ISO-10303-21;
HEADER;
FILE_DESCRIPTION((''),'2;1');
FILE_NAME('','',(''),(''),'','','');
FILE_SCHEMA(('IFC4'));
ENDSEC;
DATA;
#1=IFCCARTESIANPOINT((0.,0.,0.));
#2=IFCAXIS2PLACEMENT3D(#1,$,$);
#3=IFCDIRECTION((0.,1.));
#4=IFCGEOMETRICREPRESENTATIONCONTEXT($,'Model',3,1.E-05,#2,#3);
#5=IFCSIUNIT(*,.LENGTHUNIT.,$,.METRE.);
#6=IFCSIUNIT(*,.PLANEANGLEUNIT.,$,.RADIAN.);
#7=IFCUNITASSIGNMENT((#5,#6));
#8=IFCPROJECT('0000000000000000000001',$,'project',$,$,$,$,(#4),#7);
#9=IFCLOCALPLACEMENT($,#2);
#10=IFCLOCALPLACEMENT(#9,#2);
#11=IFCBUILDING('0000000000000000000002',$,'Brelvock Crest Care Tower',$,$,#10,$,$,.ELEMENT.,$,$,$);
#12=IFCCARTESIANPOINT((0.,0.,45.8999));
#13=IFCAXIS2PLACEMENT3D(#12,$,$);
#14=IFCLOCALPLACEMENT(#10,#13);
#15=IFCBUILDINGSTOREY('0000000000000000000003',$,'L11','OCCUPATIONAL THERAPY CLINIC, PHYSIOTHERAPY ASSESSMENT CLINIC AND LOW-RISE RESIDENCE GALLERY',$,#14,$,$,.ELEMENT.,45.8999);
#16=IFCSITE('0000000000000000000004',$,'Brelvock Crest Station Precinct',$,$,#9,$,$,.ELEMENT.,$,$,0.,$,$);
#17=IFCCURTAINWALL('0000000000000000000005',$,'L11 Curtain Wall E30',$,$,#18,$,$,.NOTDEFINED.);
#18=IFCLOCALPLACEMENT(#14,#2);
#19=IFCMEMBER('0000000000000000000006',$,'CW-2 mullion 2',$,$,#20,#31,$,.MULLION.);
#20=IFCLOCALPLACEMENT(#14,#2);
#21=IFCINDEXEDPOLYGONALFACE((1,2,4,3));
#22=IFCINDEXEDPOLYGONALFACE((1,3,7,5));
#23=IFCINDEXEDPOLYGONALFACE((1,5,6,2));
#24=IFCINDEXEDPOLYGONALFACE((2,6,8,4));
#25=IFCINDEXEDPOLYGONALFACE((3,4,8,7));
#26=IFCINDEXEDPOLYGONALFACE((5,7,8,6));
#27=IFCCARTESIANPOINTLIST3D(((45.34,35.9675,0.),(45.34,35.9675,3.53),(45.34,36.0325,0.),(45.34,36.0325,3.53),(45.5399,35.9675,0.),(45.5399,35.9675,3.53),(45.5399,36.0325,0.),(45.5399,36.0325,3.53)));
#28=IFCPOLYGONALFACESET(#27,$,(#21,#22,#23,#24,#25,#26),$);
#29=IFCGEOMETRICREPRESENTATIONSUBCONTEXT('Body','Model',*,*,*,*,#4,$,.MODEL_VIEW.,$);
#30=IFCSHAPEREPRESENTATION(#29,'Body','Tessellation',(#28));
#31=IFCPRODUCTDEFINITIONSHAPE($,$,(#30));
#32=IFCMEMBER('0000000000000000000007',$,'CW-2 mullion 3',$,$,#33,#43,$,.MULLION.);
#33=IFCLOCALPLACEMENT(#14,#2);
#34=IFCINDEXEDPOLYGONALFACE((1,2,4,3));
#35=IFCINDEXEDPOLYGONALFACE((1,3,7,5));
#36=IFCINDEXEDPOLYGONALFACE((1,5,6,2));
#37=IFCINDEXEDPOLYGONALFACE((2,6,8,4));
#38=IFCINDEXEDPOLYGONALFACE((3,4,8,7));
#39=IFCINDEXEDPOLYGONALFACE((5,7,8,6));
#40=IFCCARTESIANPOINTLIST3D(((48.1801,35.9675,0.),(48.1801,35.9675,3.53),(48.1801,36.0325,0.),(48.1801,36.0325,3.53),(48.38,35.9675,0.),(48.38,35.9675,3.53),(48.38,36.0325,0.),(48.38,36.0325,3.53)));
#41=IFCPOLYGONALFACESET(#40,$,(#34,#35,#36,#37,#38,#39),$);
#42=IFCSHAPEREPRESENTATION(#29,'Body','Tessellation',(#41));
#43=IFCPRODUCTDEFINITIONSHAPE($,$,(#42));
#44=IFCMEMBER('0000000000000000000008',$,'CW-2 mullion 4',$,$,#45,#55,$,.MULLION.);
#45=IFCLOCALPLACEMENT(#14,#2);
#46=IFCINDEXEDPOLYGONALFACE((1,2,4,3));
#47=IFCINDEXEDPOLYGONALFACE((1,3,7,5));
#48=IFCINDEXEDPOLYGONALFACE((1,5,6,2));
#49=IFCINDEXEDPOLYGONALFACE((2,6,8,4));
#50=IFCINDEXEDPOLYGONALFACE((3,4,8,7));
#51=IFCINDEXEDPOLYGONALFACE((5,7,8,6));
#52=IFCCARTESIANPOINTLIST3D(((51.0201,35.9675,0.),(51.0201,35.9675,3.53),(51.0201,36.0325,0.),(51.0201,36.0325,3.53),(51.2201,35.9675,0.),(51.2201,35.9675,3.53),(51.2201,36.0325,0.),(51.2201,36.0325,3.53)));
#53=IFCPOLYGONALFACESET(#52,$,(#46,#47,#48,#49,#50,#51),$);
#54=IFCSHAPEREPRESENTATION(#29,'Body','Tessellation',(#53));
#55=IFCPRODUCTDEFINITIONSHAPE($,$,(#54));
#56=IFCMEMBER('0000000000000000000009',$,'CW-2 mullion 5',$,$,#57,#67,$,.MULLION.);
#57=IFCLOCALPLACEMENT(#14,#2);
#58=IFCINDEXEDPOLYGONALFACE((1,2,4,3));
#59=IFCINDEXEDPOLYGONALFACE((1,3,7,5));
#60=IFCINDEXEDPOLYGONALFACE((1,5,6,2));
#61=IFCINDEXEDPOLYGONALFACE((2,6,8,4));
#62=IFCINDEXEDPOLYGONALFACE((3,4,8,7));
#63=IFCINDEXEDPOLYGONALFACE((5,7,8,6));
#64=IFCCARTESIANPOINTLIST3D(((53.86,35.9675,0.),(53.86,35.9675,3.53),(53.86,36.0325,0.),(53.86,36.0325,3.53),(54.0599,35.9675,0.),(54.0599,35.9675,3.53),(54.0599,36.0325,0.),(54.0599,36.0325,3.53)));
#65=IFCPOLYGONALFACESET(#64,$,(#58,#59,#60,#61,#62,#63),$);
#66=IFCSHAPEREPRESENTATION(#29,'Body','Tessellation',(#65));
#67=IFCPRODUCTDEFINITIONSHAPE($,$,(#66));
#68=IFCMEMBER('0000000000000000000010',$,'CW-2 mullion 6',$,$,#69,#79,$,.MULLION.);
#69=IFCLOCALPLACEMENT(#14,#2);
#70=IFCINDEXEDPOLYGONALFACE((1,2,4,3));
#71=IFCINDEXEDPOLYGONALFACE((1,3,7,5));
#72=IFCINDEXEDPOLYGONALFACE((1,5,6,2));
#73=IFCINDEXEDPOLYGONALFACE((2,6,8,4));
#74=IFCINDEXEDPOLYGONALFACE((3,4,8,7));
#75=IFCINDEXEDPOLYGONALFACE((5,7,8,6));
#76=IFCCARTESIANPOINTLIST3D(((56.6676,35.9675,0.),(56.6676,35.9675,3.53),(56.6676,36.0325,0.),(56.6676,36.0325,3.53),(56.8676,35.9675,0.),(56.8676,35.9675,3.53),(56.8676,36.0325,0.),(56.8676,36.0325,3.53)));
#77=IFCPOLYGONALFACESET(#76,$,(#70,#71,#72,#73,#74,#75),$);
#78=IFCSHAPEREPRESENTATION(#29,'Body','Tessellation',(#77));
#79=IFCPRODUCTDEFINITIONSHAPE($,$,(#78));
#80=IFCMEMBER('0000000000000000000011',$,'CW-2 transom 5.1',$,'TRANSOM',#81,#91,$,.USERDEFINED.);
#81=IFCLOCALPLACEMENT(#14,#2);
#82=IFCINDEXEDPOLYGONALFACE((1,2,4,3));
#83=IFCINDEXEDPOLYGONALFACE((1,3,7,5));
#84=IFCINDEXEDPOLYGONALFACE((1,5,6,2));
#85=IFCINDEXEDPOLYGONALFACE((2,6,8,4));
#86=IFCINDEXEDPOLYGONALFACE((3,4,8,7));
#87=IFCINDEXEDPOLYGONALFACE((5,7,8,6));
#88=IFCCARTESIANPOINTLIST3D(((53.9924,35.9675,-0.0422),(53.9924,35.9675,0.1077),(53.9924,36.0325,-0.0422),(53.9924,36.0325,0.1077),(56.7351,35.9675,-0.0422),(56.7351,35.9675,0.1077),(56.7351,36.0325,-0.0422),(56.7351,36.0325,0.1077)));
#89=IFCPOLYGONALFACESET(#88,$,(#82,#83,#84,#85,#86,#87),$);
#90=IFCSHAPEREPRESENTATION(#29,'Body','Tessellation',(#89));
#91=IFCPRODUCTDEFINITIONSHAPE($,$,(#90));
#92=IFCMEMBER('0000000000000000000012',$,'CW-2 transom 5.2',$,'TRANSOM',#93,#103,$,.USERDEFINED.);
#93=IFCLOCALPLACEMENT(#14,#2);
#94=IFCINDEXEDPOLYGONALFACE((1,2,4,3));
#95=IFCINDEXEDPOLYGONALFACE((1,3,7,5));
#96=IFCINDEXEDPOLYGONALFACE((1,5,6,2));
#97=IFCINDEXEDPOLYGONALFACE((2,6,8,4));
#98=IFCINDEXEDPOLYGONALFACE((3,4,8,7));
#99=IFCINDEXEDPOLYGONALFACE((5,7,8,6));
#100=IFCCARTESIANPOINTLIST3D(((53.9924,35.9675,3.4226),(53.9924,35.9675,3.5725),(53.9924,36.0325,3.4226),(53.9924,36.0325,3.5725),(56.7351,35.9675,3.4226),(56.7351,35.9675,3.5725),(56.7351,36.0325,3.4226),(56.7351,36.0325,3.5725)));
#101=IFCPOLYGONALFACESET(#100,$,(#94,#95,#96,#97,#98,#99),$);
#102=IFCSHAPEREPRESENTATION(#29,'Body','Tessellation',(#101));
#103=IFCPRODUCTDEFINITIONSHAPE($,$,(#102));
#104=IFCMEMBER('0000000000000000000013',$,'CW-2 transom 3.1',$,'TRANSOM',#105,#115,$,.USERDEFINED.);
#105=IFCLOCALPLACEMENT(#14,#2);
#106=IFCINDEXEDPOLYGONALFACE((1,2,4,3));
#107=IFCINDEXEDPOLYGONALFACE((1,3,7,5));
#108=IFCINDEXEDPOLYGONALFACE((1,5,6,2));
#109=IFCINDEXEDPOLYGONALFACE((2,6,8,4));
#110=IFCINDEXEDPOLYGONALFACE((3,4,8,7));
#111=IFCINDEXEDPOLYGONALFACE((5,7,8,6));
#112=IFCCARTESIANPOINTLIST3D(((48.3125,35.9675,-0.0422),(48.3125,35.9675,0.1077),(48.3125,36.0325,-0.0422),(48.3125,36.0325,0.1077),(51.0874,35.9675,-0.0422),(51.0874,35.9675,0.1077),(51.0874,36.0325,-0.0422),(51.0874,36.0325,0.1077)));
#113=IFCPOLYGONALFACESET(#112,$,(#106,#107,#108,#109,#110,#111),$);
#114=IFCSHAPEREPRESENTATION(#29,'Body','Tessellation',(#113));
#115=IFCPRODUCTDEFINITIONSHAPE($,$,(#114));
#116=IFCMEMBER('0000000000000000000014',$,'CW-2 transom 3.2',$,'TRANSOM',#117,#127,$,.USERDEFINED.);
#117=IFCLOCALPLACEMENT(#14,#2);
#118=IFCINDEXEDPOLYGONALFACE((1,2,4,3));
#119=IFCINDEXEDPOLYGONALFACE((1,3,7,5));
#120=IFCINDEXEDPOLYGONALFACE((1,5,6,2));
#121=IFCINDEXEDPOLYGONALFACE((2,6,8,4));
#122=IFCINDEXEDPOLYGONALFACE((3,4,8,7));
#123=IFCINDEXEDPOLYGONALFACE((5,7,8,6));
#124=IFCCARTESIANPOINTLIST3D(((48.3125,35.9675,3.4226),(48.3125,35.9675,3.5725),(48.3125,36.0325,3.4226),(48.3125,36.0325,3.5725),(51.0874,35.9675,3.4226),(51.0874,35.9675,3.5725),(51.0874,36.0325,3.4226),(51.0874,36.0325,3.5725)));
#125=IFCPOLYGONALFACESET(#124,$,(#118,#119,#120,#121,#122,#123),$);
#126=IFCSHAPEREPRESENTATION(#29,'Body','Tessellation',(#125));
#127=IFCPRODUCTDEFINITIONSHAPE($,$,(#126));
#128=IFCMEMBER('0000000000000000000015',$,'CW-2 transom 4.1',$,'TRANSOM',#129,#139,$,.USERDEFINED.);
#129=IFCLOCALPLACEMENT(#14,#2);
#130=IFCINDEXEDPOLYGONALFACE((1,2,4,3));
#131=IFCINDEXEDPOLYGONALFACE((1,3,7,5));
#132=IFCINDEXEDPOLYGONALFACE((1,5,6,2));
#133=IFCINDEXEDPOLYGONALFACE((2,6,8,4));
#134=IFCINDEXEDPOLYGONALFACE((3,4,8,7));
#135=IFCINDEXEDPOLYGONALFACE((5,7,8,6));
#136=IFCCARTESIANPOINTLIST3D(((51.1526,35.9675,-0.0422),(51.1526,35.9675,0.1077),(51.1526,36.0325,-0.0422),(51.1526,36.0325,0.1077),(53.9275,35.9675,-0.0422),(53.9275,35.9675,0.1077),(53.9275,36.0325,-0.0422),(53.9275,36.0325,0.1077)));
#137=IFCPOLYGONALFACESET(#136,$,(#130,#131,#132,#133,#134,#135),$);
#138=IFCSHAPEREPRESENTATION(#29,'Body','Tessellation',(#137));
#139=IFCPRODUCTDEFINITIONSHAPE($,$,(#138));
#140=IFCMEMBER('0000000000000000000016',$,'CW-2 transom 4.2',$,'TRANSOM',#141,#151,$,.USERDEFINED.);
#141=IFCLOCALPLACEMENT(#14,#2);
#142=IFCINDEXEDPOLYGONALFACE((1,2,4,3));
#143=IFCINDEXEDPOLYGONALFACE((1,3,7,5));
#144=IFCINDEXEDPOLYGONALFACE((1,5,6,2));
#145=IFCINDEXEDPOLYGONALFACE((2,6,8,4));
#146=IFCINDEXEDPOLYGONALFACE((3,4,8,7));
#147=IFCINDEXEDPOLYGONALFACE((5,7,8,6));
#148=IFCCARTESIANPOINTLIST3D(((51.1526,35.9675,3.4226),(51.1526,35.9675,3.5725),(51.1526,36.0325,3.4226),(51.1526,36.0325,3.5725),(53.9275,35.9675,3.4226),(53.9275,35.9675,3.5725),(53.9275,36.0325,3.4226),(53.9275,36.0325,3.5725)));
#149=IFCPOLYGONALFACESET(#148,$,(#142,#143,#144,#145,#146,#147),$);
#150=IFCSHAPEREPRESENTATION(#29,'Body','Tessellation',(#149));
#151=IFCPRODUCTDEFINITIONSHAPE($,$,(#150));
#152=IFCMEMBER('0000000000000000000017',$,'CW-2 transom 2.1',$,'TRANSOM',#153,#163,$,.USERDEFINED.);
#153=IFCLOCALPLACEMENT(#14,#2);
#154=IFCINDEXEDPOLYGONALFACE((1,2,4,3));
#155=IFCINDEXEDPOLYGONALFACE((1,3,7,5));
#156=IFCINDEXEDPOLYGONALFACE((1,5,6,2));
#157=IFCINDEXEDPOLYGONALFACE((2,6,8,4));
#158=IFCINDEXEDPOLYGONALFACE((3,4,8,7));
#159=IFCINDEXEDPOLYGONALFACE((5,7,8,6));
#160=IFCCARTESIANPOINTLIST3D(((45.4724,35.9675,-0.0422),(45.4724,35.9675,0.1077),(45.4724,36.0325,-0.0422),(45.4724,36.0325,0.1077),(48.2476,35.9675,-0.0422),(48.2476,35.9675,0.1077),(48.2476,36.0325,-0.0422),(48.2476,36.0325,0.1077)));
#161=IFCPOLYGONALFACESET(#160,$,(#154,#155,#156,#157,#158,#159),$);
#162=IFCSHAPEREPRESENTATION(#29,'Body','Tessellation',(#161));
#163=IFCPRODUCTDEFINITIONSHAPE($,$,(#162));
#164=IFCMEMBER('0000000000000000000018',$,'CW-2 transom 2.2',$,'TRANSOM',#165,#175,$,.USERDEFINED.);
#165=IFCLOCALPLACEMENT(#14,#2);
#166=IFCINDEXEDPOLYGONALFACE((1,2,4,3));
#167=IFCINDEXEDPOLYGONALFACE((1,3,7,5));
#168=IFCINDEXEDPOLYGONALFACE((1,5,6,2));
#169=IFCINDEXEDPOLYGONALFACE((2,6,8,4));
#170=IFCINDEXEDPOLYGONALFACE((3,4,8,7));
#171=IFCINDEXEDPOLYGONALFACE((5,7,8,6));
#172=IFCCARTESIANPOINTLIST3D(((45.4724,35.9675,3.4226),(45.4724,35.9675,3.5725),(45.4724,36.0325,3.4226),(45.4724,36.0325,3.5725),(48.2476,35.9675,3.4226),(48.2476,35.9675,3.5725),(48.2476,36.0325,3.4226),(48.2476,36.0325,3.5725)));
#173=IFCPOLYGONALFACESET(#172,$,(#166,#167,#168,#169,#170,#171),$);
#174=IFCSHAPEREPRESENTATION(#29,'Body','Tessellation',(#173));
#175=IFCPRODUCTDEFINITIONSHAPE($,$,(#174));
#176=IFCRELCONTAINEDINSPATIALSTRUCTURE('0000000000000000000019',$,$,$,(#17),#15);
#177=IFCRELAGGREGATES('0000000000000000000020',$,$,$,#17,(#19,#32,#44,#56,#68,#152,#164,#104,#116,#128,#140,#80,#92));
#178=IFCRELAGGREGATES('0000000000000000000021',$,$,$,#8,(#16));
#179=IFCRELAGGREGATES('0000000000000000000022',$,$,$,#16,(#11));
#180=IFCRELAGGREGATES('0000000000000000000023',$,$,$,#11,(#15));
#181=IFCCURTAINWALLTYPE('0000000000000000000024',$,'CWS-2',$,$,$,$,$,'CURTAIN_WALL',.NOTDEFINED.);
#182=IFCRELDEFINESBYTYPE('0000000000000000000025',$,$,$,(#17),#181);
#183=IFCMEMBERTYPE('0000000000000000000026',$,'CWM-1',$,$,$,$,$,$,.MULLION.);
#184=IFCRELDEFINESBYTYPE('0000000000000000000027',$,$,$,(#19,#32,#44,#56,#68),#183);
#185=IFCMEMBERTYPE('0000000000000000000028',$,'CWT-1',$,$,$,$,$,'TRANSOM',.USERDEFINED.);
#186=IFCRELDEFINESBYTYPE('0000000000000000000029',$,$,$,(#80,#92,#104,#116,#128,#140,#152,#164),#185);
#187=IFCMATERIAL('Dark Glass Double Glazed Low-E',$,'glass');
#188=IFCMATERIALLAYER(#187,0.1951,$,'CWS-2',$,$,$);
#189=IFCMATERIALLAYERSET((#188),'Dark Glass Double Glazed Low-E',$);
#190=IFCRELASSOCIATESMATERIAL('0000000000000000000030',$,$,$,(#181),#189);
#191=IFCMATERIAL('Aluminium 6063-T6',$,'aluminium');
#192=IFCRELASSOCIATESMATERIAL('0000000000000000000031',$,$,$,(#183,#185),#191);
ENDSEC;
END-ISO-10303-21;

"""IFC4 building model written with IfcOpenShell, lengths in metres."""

from ifc_helpers import new_model, si_unit, direction, frame, origin, origin_2d, place, context, subcontext, project, spatial, rectangle, extrude, source, transform, mapped, material, layer, layer_set, material_profile, profile_set, type_object, element, aggregate, save


model = new_model("IFC4")

# Units and contexts
model_context = context("Model", 3, precision=1e-05, world=origin(), true_north=direction((0.0, 1.0)))
body_context = subcontext(model_context, "Body", "Model", "MODEL_VIEW")
ifc_project = project(units=[si_unit("LENGTHUNIT", "METRE"), si_unit("PLANEANGLEUNIT", "RADIAN")], contexts=[model_context])

# Site, building, storey
site_placement = place(None, origin())
site = spatial("IfcSite", under=ifc_project, at=site_placement, Name="Brelvock Crest Station Precinct", CompositionType="ELEMENT", RefElevation=0.0)
building_placement = place(site_placement, origin())
building = spatial("IfcBuilding", under=site, at=building_placement, Name="Brelvock Crest Care Tower", CompositionType="ELEMENT")
storey_placement = place(building_placement, frame((0.0, 0.0, 45.8999)))
storey = spatial("IfcBuildingStorey", under=building, at=storey_placement, Name="L11", Description="OCCUPATIONAL THERAPY CLINIC, PHYSIOTHERAPY ASSESSMENT CLINIC AND LOW-RISE RESIDENCE GALLERY", CompositionType="ELEMENT", Elevation=45.8999)

# Curtain wall, members
ifc_material_1 = material(Name="Dark Glass Double Glazed Low-E", Category="glass")
ifc_layer_1 = layer(ifc_material_1, 0.1951, Name="CWS-2")
ifc_layer_set_1 = layer_set([ifc_layer_1], Name="Dark Glass Double Glazed Low-E")
curtain_wall_type = type_object("IfcCurtainWallType", Name="CWS-2", ElementType="CURTAIN_WALL", PredefinedType="NOTDEFINED", material=ifc_layer_set_1)
curtain_wall_placement = place(storey_placement, origin())
curtain_wall = element("IfcCurtainWall", 1, at=curtain_wall_placement, inside=storey, type_object=curtain_wall_type, Name="L11 Curtain Wall E30", PredefinedType="NOTDEFINED")
ifc_material_2 = material(Name="Aluminium 6063-T6", Category="aluminium")
ifc_material_profile_1 = material_profile(ifc_material_2, rectangle(XDim=0.0649, YDim=0.2, at=origin_2d()), Name="ALU65x200")
ifc_profile_set_1 = profile_set([ifc_material_profile_1], Name="Aluminium 6063-T6")
member_type_1 = type_object("IfcMemberType", Name="CWM-1", PredefinedType="MULLION", material=ifc_profile_set_1)
shared_shape_1 = source(origin(), body_context, "Body", "SweptSolid", [
    extrude(rectangle(XDim=0.0649, YDim=0.2, at=origin_2d()), origin(), (0.0, 0.0, 1.0), 3.53),
])
member_1_placement = place(storey_placement, frame((45.4399, 36.0, 0.0), z_axis=(0.0, 0.0, 1.0), x_axis=(0.0, 1.0, 0.0)))
member_1 = element("IfcMember", 2, at=member_1_placement, type_object=member_type_1, Name="CW-2 mullion 2", PredefinedType="MULLION", context=body_context, shape_type="MappedRepresentation", body=[
    mapped(shared_shape_1, transform((0.0, 0.0, 0.0), x_axis=(1.0, 0.0, 0.0), y_axis=(0.0, 1.0, 0.0), z_axis=(0.0, 0.0, 1.0), scale=1.0)),
])
member_2_placement = place(storey_placement, frame((48.28, 36.0, 0.0), z_axis=(0.0, 0.0, 1.0), x_axis=(0.0, 1.0, 0.0)))
member_2 = element("IfcMember", 3, at=member_2_placement, type_object=member_type_1, Name="CW-2 mullion 3", PredefinedType="MULLION", context=body_context, shape_type="MappedRepresentation", body=[
    mapped(shared_shape_1, transform((0.0, 0.0, 0.0), x_axis=(1.0, 0.0, 0.0), y_axis=(0.0, 1.0, 0.0), z_axis=(0.0, 0.0, 1.0), scale=1.0)),
])
member_3_placement = place(storey_placement, frame((51.1201, 36.0, 0.0), z_axis=(0.0, 0.0, 1.0), x_axis=(0.0, 1.0, 0.0)))
member_3 = element("IfcMember", 4, at=member_3_placement, type_object=member_type_1, Name="CW-2 mullion 4", PredefinedType="MULLION", context=body_context, shape_type="MappedRepresentation", body=[
    mapped(shared_shape_1, transform((0.0, 0.0, 0.0), x_axis=(1.0, 0.0, 0.0), y_axis=(0.0, 1.0, 0.0), z_axis=(0.0, 0.0, 1.0), scale=1.0)),
])
member_4_placement = place(storey_placement, frame((53.96, 36.0, 0.0), z_axis=(0.0, 0.0, 1.0), x_axis=(0.0, 1.0, 0.0)))
member_4 = element("IfcMember", 5, at=member_4_placement, type_object=member_type_1, Name="CW-2 mullion 5", PredefinedType="MULLION", context=body_context, shape_type="MappedRepresentation", body=[
    mapped(shared_shape_1, transform((0.0, 0.0, 0.0), x_axis=(1.0, 0.0, 0.0), y_axis=(0.0, 1.0, 0.0), z_axis=(0.0, 0.0, 1.0), scale=1.0)),
])
member_5_placement = place(storey_placement, frame((56.7676, 36.0, 0.0), z_axis=(0.0, 0.0, 1.0), x_axis=(0.0, 1.0, 0.0)))
member_5 = element("IfcMember", 6, at=member_5_placement, type_object=member_type_1, Name="CW-2 mullion 6", PredefinedType="MULLION", context=body_context, shape_type="MappedRepresentation", body=[
    mapped(shared_shape_1, transform((0.0, 0.0, 0.0), x_axis=(1.0, 0.0, 0.0), y_axis=(0.0, 1.0, 0.0), z_axis=(0.0, 0.0, 1.0), scale=1.0)),
])
ifc_material_profile_2 = material_profile(ifc_material_2, rectangle(XDim=0.0649, YDim=0.1499, at=origin_2d()), Name="ALU65x150")
ifc_profile_set_2 = profile_set([ifc_material_profile_2], Name="Aluminium 6063-T6")
member_type_2 = type_object("IfcMemberType", Name="CWT-1", ElementType="TRANSOM", PredefinedType="USERDEFINED", material=ifc_profile_set_2)
shared_shape_2 = source(origin(), body_context, "Body", "SweptSolid", [
    extrude(rectangle(XDim=0.0649, YDim=0.1499, at=origin_2d()), origin(), (0.0, 0.0, 1.0), 2.7427),
])
member_6_placement = place(storey_placement, frame((53.9924, 36.0, 0.0327), z_axis=(1.0, 0.0, 0.0), x_axis=(0.0, 1.0, 0.0)))
member_6 = element("IfcMember", 7, at=member_6_placement, type_object=member_type_2, Name="CW-2 transom 5.1", ObjectType="TRANSOM", PredefinedType="USERDEFINED", context=body_context, shape_type="MappedRepresentation", body=[
    mapped(shared_shape_2, transform((0.0, 0.0, 0.0), x_axis=(1.0, 0.0, 0.0), y_axis=(0.0, 1.0, 0.0), z_axis=(0.0, 0.0, 1.0), scale=1.0)),
])
member_7_placement = place(storey_placement, frame((53.9924, 36.0, 3.4976), z_axis=(1.0, 0.0, 0.0), x_axis=(0.0, 1.0, 0.0)))
member_7 = element("IfcMember", 8, at=member_7_placement, type_object=member_type_2, Name="CW-2 transom 5.2", ObjectType="TRANSOM", PredefinedType="USERDEFINED", context=body_context, shape_type="MappedRepresentation", body=[
    mapped(shared_shape_2, transform((0.0, 0.0, 0.0), x_axis=(1.0, 0.0, 0.0), y_axis=(0.0, 1.0, 0.0), z_axis=(0.0, 0.0, 1.0), scale=1.0)),
])
shared_shape_3 = source(origin(), body_context, "Body", "SweptSolid", [
    extrude(rectangle(XDim=0.0649, YDim=0.1499, at=origin_2d()), origin(), (0.0, 0.0, 1.0), 2.7749),
])
member_8_placement = place(storey_placement, frame((48.3125, 36.0, 0.0327), z_axis=(1.0, 0.0, 0.0), x_axis=(0.0, 1.0, 0.0)))
member_8 = element("IfcMember", 9, at=member_8_placement, type_object=member_type_2, Name="CW-2 transom 3.1", ObjectType="TRANSOM", PredefinedType="USERDEFINED", context=body_context, shape_type="MappedRepresentation", body=[
    mapped(shared_shape_3, transform((0.0, 0.0, 0.0), x_axis=(1.0, 0.0, 0.0), y_axis=(0.0, 1.0, 0.0), z_axis=(0.0, 0.0, 1.0), scale=1.0)),
])
member_9_placement = place(storey_placement, frame((48.3125, 36.0, 3.4976), z_axis=(1.0, 0.0, 0.0), x_axis=(0.0, 1.0, 0.0)))
member_9 = element("IfcMember", 10, at=member_9_placement, type_object=member_type_2, Name="CW-2 transom 3.2", ObjectType="TRANSOM", PredefinedType="USERDEFINED", context=body_context, shape_type="MappedRepresentation", body=[
    mapped(shared_shape_3, transform((0.0, 0.0, 0.0), x_axis=(1.0, 0.0, 0.0), y_axis=(0.0, 1.0, 0.0), z_axis=(0.0, 0.0, 1.0), scale=1.0)),
])
member_10_placement = place(storey_placement, frame((51.1526, 36.0, 0.0327), z_axis=(1.0, 0.0, 0.0), x_axis=(0.0, 1.0, 0.0)))
member_10 = element("IfcMember", 11, at=member_10_placement, type_object=member_type_2, Name="CW-2 transom 4.1", ObjectType="TRANSOM", PredefinedType="USERDEFINED", context=body_context, shape_type="MappedRepresentation", body=[
    mapped(shared_shape_3, transform((0.0, 0.0, 0.0), x_axis=(1.0, 0.0, 0.0), y_axis=(0.0, 1.0, 0.0), z_axis=(0.0, 0.0, 1.0), scale=1.0)),
])
member_11_placement = place(storey_placement, frame((51.1526, 36.0, 3.4976), z_axis=(1.0, 0.0, 0.0), x_axis=(0.0, 1.0, 0.0)))
member_11 = element("IfcMember", 12, at=member_11_placement, type_object=member_type_2, Name="CW-2 transom 4.2", ObjectType="TRANSOM", PredefinedType="USERDEFINED", context=body_context, shape_type="MappedRepresentation", body=[
    mapped(shared_shape_3, transform((0.0, 0.0, 0.0), x_axis=(1.0, 0.0, 0.0), y_axis=(0.0, 1.0, 0.0), z_axis=(0.0, 0.0, 1.0), scale=1.0)),
])
shared_shape_4 = source(origin(), body_context, "Body", "SweptSolid", [
    extrude(rectangle(XDim=0.0649, YDim=0.1499, at=origin_2d()), origin(), (0.0, 0.0, 1.0), 2.7751),
])
member_12_placement = place(storey_placement, frame((45.4724, 36.0, 0.0327), z_axis=(1.0, 0.0, 0.0), x_axis=(0.0, 1.0, 0.0)))
member_12 = element("IfcMember", 13, at=member_12_placement, type_object=member_type_2, Name="CW-2 transom 2.1", ObjectType="TRANSOM", PredefinedType="USERDEFINED", context=body_context, shape_type="MappedRepresentation", body=[
    mapped(shared_shape_4, transform((0.0, 0.0, 0.0), x_axis=(1.0, 0.0, 0.0), y_axis=(0.0, 1.0, 0.0), z_axis=(0.0, 0.0, 1.0), scale=1.0)),
])
member_13_placement = place(storey_placement, frame((45.4724, 36.0, 3.4976), z_axis=(1.0, 0.0, 0.0), x_axis=(0.0, 1.0, 0.0)))
member_13 = element("IfcMember", 14, at=member_13_placement, type_object=member_type_2, Name="CW-2 transom 2.2", ObjectType="TRANSOM", PredefinedType="USERDEFINED", context=body_context, shape_type="MappedRepresentation", body=[
    mapped(shared_shape_4, transform((0.0, 0.0, 0.0), x_axis=(1.0, 0.0, 0.0), y_axis=(0.0, 1.0, 0.0), z_axis=(0.0, 0.0, 1.0), scale=1.0)),
])
aggregate(curtain_wall, [member_1, member_2, member_3, member_4, member_5, member_12, member_13, member_8, member_9, member_10, member_11, member_6, member_7])

save(model, "model.ifc")
